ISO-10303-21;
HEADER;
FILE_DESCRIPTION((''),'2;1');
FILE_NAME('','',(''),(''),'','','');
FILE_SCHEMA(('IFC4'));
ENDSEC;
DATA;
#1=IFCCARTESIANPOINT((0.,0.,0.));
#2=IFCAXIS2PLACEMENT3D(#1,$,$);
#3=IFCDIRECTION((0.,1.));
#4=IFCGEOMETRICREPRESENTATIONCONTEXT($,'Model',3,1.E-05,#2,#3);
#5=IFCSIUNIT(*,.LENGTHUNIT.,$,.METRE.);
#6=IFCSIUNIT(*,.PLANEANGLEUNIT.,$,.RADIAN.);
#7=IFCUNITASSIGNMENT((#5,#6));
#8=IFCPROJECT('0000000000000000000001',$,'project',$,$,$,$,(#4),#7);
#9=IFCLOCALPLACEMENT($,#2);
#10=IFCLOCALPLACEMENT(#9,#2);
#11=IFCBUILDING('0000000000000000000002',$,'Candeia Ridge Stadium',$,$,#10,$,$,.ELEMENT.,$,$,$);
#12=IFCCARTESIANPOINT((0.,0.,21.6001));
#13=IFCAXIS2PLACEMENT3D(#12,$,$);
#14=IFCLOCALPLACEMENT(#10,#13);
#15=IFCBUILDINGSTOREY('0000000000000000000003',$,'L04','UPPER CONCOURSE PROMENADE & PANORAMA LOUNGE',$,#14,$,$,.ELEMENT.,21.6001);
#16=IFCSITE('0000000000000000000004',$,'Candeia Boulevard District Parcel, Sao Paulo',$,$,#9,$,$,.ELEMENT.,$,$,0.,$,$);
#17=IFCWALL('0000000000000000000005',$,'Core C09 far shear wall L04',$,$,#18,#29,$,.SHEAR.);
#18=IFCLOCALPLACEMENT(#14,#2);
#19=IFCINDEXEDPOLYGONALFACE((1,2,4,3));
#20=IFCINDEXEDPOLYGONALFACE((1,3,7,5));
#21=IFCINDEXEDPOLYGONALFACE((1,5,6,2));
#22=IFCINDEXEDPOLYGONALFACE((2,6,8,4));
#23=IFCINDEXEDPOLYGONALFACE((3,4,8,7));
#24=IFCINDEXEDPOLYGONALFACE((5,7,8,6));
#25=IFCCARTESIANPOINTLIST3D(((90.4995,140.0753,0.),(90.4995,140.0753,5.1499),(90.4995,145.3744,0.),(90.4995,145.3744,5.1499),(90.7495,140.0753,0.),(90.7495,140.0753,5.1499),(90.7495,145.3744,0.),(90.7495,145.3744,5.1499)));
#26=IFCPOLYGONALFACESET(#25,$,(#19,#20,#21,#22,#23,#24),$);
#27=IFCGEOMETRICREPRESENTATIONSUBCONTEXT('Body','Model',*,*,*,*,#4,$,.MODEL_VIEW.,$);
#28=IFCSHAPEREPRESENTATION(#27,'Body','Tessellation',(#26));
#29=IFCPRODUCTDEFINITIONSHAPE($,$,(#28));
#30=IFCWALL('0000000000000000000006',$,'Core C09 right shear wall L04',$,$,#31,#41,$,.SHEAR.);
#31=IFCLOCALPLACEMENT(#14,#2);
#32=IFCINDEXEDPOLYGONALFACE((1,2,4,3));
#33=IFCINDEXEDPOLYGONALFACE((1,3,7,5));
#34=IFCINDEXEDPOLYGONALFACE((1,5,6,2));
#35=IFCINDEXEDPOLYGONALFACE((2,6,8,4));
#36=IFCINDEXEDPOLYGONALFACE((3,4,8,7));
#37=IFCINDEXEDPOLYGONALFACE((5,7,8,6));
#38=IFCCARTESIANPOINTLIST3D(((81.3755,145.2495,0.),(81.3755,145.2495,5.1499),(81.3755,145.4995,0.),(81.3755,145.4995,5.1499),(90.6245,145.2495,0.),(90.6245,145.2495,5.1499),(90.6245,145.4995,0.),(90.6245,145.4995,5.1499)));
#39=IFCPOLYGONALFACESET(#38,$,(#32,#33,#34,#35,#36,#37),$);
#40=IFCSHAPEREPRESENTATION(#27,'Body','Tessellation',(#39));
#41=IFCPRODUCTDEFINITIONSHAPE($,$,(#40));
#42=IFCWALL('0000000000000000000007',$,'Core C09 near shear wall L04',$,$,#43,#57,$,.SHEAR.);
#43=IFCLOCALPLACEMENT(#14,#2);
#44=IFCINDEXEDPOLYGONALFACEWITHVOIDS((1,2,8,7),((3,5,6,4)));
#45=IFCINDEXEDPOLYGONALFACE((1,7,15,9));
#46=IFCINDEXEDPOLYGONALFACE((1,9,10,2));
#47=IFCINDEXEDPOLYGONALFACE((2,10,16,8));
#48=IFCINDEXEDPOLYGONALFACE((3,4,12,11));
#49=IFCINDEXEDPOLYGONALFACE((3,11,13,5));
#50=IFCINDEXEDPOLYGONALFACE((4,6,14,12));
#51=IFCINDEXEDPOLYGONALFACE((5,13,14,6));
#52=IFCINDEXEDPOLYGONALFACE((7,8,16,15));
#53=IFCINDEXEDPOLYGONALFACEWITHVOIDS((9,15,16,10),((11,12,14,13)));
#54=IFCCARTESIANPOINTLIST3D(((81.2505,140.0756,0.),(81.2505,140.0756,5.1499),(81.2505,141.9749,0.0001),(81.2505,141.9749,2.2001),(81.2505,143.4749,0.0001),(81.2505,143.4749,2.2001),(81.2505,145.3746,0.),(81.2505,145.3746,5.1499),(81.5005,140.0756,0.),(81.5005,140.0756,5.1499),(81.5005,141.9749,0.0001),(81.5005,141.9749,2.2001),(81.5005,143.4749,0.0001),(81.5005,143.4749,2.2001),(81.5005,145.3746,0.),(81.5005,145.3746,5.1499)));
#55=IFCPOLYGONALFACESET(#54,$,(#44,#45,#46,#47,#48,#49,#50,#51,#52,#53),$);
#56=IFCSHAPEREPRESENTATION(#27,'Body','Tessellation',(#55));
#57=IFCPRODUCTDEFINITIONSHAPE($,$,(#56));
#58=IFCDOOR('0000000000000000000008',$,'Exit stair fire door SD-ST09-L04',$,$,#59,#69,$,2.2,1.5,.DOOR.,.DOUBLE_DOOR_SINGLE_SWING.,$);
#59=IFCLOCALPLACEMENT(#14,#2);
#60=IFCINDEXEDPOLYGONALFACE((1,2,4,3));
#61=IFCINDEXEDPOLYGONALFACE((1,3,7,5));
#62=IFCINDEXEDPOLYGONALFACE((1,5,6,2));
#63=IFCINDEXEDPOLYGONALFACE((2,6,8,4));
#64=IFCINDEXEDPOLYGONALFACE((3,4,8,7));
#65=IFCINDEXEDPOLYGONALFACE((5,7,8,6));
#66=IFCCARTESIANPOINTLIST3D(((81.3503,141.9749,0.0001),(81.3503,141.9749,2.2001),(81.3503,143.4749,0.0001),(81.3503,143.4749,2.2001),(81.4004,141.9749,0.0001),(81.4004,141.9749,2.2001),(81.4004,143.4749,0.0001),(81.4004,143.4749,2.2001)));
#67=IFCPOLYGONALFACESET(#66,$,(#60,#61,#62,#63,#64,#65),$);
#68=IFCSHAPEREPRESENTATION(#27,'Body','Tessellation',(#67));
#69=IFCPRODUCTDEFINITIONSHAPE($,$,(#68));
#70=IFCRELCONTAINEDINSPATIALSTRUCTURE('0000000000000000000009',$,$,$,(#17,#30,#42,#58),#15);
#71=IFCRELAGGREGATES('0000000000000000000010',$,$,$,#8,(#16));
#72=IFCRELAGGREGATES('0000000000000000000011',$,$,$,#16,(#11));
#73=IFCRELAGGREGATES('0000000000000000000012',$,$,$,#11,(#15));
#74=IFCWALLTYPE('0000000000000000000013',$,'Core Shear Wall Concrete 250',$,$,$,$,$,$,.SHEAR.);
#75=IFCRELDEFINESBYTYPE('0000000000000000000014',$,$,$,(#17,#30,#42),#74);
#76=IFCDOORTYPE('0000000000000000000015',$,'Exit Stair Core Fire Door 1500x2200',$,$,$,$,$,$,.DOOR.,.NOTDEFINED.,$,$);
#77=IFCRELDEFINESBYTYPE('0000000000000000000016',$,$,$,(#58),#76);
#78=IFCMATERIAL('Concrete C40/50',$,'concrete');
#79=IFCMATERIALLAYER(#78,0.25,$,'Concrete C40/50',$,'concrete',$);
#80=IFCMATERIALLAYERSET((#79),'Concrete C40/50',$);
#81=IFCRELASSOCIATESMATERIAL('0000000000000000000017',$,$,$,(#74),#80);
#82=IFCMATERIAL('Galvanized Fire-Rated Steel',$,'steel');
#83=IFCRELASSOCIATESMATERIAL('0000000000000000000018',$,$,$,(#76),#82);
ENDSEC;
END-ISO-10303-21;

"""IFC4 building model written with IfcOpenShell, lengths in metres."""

from ifc_helpers import new_model, si_unit, direction, frame, frame_2d, origin, place, context, subcontext, project, spatial, rectangle, extrude, material, layer, layer_set, type_object, element, fill, save


model = new_model("IFC4")

# Units and contexts
model_context = context("Model", 3, precision=1e-05, world=origin(), true_north=direction((0.0, 1.0)))
body_context = subcontext(model_context, "Body", "Model", "MODEL_VIEW")
ifc_project = project(units=[si_unit("LENGTHUNIT", "METRE"), si_unit("PLANEANGLEUNIT", "RADIAN")], contexts=[model_context])

# Site, building, storey
site_placement = place(None, origin())
site = spatial("IfcSite", under=ifc_project, at=site_placement, Name="Candeia Boulevard District Parcel, Sao Paulo", CompositionType="ELEMENT", RefElevation=0.0)
building_placement = place(site_placement, origin())
building = spatial("IfcBuilding", under=site, at=building_placement, Name="Candeia Ridge Stadium", CompositionType="ELEMENT")
storey_placement = place(building_placement, frame((0.0, 0.0, 21.6001)))
storey = spatial("IfcBuildingStorey", under=building, at=storey_placement, Name="L04", Description="UPPER CONCOURSE PROMENADE & PANORAMA LOUNGE", CompositionType="ELEMENT", Elevation=21.6001)

# Shared definitions
ifc_material_1 = material(Name="Concrete C40/50", Category="concrete")

# Walls
ifc_layer_1 = layer(ifc_material_1, 0.25, Name="Concrete C40/50", Category="concrete")
ifc_layer_set_1 = layer_set([ifc_layer_1], Name="Concrete C40/50")
wall_type = type_object("IfcWallType", Name="Core Shear Wall Concrete 250", PredefinedType="SHEAR", material=ifc_layer_set_1)
wall_1_placement = place(storey_placement, frame((90.6245, 140.0754, 0.0), z_axis=(0.0, 0.0, 1.0), x_axis=(0.0, 1.0, 0.0)))
element("IfcWall", 1, at=wall_1_placement, inside=storey, type_object=wall_type, Name="Core C09 far shear wall L04", PredefinedType="SHEAR", context=body_context, shape_type="SweptSolid", body=[
    extrude(rectangle(XDim=5.2991, YDim=0.25, at=frame_2d((2.6494, 0.0))), origin(), (0.0, 0.0, 1.0), 5.1499),
])
wall_2_placement = place(storey_placement, frame((90.6245, 145.3745, 0.0), z_axis=(0.0, 0.0, 1.0), x_axis=(-1.0, 0.0, 0.0)))
element("IfcWall", 2, at=wall_2_placement, inside=storey, type_object=wall_type, Name="Core C09 right shear wall L04", PredefinedType="SHEAR", context=body_context, shape_type="SweptSolid", body=[
    extrude(rectangle(XDim=9.249, YDim=0.25, at=frame_2d((4.6245, 0.0))), origin(), (0.0, 0.0, 1.0), 5.1499),
])

# Wall, opening, door
wall_3_placement = place(storey_placement, frame((81.3755, 145.3745, 0.0), z_axis=(0.0, 0.0, 1.0), x_axis=(0.0, -1.0, 0.0)))
wall_3 = element("IfcWall", 3, at=wall_3_placement, inside=storey, type_object=wall_type, Name="Core C09 near shear wall L04", PredefinedType="SHEAR", context=body_context, shape_type="SweptSolid", body=[
    extrude(rectangle(XDim=5.2991, YDim=0.25, at=frame_2d((2.6494, 0.0))), origin(), (0.0, 0.0, 1.0), 5.1499),
])
opening_placement = place(wall_3_placement, frame((1.8997, 0.0, 0.0)))
opening = element("IfcOpeningElement", 4, at=opening_placement, cuts=wall_3, PredefinedType="OPENING", context=body_context, shape_type="SweptSolid", body=[
    extrude(rectangle(XDim=1.5, YDim=2.2, at=frame_2d((0.75, 1.1001))), frame((0.0, 0.135, 0.0), z_axis=(0.0, -1.0, 0.0), x_axis=(1.0, 0.0, 0.0)), (0.0, 0.0, 1.0), 0.27),
])
ifc_material_2 = material(Name="Galvanized Fire-Rated Steel", Category="steel")
door_type = type_object("IfcDoorType", Name="Exit Stair Core Fire Door 1500x2200", OperationType="NOTDEFINED", PredefinedType="DOOR", material=ifc_material_2)
door_placement = place(opening_placement, origin())
door = element("IfcDoor", 5, at=door_placement, inside=storey, type_object=door_type, Name="Exit stair fire door SD-ST09-L04", OperationType="DOUBLE_DOOR_SINGLE_SWING", OverallHeight=2.2, OverallWidth=1.5, PredefinedType="DOOR", context=body_context, shape_type="SweptSolid", body=[
    extrude(rectangle(XDim=1.5, YDim=2.2, at=frame_2d((0.75, 1.1001))), frame((0.0, 0.0249, 0.0), z_axis=(0.0, -1.0, 0.0), x_axis=(1.0, 0.0, 0.0)), (0.0, 0.0, 1.0), 0.05),
])
fill(opening, door)

save(model, "model.ifc")
